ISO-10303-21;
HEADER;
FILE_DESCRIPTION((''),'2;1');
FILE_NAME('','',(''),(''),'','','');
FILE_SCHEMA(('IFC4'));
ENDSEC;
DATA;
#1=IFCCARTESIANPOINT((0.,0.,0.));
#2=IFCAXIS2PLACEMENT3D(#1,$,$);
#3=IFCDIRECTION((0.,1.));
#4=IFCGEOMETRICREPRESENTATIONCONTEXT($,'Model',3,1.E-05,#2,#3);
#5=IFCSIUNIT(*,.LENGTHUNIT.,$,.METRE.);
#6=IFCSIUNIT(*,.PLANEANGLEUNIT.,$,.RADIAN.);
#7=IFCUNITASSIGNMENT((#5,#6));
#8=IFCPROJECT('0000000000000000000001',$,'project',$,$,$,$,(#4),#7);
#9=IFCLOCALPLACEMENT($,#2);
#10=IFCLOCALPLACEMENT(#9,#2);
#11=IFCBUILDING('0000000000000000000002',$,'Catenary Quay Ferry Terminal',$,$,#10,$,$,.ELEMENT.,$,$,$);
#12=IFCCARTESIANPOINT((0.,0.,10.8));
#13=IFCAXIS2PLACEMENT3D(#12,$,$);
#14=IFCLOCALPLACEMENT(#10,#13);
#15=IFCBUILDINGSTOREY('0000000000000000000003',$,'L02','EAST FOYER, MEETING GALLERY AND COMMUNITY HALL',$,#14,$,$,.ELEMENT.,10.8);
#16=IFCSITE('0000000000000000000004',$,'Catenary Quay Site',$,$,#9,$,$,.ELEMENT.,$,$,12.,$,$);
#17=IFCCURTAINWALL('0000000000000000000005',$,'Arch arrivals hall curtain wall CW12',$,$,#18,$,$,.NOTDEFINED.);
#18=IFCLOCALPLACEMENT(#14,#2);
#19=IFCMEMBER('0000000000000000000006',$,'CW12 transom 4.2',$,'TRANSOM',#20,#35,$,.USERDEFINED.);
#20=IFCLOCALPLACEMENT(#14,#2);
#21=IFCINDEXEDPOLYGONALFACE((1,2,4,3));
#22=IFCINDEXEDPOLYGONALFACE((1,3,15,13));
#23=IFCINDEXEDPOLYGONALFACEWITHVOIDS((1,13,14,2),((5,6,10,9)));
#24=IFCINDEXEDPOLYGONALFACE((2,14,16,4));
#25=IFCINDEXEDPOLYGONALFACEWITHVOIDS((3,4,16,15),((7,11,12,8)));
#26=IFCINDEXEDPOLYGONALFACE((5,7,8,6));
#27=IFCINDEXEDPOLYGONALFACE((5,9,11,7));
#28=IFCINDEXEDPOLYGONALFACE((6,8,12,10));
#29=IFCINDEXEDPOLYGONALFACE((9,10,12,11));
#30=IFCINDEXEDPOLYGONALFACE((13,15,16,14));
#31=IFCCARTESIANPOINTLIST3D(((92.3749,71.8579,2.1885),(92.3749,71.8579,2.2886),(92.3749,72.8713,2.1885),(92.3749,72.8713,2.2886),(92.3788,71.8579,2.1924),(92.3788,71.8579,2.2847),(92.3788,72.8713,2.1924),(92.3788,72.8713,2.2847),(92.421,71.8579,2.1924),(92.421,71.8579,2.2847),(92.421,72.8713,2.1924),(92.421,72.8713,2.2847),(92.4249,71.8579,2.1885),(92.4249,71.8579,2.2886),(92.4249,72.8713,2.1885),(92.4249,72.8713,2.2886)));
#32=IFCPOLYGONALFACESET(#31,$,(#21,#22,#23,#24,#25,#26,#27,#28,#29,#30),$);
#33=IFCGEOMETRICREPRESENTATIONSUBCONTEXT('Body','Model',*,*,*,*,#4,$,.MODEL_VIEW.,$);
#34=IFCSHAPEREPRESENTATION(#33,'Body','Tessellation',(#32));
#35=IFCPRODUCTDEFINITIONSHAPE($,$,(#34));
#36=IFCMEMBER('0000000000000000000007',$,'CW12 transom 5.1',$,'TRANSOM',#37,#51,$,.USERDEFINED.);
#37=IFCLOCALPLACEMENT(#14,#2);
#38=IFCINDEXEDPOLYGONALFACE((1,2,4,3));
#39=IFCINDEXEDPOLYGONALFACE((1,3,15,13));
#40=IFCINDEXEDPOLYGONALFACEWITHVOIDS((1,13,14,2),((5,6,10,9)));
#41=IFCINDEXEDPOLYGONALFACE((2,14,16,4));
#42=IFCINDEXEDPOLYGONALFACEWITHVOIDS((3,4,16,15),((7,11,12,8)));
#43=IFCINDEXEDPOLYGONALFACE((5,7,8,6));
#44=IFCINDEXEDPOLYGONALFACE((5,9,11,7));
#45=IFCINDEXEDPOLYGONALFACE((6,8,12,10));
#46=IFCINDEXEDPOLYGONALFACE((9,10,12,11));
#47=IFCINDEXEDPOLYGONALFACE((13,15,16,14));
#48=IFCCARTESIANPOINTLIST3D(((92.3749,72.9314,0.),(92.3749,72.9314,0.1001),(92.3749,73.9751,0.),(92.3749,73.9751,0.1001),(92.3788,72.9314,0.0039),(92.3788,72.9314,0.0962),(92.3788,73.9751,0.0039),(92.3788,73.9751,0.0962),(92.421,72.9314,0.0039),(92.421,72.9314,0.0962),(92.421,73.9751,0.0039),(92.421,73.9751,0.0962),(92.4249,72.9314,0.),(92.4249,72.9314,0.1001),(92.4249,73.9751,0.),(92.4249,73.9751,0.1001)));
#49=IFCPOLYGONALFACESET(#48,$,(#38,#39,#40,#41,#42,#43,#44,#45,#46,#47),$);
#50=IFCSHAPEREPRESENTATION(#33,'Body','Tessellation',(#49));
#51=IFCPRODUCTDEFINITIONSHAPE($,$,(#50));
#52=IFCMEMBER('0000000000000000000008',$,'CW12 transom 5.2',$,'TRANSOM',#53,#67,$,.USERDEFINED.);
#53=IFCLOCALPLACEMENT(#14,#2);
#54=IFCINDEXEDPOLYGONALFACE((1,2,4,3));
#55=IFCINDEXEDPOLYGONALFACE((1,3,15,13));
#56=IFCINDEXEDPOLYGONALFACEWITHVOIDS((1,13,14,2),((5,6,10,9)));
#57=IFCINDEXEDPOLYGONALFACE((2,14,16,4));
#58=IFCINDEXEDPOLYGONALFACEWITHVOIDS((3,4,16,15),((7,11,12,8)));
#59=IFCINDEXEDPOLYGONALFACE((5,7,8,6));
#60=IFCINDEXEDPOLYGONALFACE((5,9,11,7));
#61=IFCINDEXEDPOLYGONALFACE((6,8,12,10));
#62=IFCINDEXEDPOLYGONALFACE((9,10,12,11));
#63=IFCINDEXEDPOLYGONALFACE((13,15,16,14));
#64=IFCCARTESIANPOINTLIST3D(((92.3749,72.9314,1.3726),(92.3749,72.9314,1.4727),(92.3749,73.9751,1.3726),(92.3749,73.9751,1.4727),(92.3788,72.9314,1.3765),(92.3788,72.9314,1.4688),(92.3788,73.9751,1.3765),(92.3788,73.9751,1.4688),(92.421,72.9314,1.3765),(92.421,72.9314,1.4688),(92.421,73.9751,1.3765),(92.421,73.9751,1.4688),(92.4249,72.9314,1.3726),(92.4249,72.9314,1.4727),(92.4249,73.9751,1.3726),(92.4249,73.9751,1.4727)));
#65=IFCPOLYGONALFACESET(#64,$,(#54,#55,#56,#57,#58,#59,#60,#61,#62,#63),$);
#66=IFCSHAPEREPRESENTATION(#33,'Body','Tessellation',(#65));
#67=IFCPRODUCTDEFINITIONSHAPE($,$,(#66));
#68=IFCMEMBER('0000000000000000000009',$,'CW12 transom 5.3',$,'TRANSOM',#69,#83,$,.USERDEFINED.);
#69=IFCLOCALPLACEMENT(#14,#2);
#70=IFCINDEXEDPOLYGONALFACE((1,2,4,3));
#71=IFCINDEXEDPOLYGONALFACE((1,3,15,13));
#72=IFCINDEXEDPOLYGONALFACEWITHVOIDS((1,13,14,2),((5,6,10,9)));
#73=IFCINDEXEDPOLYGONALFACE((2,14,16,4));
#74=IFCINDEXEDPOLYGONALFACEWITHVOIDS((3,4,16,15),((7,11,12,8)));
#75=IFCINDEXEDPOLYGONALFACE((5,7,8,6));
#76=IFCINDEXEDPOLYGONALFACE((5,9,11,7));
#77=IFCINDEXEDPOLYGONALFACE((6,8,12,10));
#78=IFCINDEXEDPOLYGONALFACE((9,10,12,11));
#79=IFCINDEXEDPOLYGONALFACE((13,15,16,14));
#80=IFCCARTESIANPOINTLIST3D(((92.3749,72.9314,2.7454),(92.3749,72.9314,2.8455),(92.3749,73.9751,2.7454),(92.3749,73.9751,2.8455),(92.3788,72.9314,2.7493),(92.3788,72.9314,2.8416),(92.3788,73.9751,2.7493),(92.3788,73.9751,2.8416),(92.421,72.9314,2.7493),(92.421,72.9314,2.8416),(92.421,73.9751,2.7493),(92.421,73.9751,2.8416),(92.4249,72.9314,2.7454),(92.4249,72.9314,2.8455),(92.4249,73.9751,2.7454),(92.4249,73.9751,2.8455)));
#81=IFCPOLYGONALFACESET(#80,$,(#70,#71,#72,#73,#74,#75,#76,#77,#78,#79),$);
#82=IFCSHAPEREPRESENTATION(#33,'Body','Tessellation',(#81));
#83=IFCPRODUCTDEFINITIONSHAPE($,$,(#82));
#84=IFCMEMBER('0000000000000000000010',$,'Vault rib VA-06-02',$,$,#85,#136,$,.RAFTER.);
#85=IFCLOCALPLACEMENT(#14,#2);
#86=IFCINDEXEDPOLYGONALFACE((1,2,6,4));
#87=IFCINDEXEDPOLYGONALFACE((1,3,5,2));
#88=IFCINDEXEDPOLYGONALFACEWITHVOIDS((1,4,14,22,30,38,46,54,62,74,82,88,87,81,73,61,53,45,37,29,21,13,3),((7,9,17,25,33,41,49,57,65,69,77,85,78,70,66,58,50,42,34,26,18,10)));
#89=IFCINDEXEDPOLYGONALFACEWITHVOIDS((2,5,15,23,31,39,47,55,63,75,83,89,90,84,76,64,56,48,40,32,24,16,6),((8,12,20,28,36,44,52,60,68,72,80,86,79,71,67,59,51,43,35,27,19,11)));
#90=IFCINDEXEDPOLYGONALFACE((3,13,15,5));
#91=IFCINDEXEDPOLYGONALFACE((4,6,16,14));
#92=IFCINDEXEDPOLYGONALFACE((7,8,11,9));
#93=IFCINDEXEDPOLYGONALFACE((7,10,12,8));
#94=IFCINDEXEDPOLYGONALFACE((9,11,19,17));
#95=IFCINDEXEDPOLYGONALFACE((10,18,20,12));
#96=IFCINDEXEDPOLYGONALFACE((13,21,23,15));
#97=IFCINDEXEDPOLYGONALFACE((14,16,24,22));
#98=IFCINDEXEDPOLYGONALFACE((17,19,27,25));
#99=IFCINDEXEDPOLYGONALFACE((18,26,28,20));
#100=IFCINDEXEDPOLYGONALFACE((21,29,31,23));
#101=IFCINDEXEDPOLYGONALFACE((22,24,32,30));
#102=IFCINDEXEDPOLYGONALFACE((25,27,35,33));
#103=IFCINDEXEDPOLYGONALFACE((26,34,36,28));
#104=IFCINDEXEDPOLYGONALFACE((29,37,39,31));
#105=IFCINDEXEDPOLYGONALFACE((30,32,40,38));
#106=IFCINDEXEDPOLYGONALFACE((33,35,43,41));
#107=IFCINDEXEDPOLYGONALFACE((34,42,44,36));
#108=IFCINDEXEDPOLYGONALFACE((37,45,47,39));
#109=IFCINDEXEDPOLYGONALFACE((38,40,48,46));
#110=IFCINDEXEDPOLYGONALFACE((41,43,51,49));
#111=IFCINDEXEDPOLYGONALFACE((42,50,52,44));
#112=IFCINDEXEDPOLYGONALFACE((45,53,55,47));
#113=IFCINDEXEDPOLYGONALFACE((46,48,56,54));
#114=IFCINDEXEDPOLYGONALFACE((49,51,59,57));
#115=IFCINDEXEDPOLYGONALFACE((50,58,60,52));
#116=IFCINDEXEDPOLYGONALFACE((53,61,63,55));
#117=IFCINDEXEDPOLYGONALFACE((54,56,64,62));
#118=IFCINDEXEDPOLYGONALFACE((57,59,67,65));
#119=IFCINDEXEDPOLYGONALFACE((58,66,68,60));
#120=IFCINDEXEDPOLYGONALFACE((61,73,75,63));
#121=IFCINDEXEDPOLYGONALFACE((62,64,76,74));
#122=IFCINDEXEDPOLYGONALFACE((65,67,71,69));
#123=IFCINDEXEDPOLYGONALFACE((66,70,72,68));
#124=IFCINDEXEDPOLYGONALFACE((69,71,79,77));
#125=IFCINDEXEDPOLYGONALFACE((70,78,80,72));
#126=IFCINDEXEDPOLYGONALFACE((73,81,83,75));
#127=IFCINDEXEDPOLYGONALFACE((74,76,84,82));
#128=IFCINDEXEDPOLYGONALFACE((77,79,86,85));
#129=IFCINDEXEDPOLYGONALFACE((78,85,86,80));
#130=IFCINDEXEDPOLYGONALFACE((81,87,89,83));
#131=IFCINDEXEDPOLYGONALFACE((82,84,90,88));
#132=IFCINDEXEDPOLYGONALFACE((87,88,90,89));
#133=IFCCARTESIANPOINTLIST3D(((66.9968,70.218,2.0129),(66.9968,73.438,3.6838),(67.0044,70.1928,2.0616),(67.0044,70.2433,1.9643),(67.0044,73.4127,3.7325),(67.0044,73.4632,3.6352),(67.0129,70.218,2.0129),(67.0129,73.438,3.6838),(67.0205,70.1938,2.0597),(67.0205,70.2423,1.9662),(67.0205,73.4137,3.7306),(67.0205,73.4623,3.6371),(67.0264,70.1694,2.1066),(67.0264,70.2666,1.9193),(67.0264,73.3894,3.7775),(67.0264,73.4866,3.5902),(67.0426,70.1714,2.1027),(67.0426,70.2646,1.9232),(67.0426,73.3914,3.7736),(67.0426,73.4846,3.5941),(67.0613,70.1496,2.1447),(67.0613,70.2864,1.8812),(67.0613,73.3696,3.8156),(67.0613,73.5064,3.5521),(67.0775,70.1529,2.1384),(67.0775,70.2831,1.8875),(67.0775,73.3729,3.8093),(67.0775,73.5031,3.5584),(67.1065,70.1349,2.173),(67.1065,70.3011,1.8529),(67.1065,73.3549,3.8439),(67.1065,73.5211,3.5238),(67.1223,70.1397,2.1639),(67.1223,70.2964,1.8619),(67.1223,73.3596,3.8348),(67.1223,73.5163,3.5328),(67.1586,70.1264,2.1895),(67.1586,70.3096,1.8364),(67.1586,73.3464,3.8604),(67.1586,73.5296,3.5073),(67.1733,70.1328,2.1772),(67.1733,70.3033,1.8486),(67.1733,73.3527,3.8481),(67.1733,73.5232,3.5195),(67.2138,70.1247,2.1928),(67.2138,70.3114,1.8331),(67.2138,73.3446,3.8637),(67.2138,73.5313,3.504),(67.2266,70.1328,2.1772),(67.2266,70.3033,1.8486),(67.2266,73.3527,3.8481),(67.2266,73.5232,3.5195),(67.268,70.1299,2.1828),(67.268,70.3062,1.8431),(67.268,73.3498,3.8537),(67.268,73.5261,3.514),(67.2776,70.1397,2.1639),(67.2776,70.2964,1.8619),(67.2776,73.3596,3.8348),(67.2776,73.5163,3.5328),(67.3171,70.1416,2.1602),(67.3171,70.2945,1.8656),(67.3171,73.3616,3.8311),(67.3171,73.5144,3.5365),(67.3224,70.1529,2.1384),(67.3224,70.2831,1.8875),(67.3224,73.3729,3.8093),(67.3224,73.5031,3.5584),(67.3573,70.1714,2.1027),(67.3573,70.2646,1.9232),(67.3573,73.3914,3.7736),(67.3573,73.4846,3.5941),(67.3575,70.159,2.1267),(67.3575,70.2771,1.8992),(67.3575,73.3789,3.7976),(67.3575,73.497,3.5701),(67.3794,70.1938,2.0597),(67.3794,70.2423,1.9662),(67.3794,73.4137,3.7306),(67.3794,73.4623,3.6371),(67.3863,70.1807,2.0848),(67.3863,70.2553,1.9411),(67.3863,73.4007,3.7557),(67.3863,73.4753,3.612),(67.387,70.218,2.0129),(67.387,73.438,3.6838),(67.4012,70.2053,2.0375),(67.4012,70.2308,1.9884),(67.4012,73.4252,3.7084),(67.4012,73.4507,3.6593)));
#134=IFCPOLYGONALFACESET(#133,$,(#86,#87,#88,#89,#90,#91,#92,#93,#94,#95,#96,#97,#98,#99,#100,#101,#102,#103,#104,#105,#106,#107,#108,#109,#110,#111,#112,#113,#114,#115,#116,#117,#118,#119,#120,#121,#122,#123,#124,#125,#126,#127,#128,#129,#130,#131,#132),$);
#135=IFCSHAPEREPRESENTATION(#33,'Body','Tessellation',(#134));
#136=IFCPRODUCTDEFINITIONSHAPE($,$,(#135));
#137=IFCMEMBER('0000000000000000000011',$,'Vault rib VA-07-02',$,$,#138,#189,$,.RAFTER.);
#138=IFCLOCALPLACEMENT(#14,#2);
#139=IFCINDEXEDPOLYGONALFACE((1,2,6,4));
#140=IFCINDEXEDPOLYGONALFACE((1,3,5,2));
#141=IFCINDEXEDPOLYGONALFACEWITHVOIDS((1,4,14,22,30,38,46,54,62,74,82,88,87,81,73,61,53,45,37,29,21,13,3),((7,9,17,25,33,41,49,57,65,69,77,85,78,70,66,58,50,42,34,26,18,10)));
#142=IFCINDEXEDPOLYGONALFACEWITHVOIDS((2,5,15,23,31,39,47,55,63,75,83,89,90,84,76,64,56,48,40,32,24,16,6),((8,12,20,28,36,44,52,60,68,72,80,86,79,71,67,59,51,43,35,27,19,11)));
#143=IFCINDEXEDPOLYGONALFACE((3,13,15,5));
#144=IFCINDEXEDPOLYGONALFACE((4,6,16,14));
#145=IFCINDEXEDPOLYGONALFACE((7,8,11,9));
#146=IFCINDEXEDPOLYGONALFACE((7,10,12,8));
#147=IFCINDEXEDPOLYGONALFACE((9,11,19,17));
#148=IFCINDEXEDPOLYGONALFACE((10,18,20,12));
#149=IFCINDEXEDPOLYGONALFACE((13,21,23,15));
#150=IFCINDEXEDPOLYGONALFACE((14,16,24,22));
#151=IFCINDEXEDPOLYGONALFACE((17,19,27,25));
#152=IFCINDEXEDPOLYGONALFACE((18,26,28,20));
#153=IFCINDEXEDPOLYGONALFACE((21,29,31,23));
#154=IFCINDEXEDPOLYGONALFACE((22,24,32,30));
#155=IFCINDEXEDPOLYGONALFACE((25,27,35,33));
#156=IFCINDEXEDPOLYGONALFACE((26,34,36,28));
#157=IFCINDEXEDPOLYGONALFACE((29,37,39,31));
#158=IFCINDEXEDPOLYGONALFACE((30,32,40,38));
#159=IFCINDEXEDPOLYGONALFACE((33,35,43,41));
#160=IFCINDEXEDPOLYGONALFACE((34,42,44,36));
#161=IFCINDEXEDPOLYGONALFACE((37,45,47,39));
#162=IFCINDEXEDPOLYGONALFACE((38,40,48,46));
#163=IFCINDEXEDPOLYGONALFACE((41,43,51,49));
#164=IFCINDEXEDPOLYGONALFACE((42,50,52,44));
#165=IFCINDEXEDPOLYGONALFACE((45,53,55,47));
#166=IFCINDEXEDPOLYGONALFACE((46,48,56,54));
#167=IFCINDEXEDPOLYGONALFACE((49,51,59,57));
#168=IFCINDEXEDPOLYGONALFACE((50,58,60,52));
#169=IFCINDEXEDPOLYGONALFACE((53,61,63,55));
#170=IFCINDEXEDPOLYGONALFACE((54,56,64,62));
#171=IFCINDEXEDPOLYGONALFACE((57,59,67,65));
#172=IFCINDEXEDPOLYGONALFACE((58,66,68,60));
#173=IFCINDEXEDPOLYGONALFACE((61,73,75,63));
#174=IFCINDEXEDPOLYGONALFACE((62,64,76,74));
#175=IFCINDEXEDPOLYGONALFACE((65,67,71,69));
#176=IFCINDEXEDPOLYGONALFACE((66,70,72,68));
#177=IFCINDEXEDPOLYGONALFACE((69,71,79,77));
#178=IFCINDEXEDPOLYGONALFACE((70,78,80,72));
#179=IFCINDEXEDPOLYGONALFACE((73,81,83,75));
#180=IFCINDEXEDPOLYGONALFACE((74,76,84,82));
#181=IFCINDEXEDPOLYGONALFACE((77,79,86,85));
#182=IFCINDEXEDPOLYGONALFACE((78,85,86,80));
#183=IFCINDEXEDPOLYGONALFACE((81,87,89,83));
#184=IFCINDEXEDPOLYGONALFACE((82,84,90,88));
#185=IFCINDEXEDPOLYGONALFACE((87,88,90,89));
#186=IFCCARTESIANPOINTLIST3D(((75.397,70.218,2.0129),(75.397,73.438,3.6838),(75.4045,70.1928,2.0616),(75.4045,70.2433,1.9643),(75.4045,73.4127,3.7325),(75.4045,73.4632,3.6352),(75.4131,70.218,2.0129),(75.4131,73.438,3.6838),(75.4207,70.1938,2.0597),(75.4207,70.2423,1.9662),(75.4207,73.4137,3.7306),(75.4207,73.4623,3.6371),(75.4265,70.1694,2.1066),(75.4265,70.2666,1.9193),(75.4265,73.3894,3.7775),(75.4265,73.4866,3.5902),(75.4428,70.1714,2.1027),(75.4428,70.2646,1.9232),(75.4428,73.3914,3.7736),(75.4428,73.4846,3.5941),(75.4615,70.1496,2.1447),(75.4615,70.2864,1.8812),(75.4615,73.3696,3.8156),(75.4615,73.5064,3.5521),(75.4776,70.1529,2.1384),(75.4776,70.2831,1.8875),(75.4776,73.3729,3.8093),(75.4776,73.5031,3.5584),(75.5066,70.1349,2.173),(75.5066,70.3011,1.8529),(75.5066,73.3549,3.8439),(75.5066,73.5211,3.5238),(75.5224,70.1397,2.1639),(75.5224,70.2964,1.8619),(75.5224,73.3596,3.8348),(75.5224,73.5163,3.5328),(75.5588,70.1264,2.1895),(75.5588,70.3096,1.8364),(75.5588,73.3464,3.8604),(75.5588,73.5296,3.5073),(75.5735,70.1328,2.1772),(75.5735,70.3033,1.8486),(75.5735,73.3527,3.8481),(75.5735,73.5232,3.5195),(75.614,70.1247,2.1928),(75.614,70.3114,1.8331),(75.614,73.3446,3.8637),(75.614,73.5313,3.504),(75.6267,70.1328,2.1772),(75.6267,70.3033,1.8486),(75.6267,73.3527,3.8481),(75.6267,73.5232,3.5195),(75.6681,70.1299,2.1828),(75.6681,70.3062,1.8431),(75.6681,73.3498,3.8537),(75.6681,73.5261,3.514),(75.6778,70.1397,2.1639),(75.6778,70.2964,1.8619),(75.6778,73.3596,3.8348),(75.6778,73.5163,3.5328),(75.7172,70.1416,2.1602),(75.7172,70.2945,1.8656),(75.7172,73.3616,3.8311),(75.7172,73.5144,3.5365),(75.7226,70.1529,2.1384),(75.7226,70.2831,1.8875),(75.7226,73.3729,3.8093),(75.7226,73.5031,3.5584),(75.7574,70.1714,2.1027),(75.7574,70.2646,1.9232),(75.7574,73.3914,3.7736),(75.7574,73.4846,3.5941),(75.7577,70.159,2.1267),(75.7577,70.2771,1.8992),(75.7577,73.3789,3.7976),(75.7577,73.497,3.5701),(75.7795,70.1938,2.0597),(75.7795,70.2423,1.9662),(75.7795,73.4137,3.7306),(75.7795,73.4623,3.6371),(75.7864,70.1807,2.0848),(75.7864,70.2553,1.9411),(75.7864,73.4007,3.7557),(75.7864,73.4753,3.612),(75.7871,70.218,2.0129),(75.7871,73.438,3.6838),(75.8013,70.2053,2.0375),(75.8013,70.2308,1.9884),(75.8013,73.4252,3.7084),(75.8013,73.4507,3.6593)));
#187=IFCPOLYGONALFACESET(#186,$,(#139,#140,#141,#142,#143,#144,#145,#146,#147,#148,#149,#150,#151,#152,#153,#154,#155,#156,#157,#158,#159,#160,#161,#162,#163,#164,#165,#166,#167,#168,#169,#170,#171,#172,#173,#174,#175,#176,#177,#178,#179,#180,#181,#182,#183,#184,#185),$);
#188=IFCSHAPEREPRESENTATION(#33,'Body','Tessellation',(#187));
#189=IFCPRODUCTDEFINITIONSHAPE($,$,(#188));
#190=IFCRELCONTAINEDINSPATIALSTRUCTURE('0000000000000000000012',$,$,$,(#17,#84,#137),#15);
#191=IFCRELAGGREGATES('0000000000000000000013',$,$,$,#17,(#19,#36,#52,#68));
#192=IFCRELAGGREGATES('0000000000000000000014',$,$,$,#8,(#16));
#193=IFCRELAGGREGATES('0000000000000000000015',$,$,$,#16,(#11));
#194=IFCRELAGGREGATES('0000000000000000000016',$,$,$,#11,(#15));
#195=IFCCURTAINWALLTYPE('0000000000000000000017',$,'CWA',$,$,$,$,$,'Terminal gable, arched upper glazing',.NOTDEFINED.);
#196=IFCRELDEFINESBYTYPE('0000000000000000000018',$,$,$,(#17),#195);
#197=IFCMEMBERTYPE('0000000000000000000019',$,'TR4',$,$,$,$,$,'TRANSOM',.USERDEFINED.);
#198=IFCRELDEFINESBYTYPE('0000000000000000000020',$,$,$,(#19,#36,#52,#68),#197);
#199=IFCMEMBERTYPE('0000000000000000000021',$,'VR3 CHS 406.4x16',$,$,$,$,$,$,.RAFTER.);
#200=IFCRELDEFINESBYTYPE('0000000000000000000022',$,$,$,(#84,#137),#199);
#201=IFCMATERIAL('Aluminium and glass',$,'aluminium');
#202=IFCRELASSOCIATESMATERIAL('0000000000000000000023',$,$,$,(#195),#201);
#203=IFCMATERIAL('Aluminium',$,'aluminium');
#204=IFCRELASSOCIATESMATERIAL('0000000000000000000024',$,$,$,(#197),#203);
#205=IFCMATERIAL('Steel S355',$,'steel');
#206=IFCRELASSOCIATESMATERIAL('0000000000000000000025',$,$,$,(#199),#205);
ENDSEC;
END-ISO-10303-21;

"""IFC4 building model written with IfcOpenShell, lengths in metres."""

from ifc_helpers import new_model, si_unit, direction, frame, origin, origin_2d, place, context, subcontext, project, spatial, hollow_rectangle, hollow_circle, extrude, material, material_profile, profile_set, type_object, element, aggregate, save


model = new_model("IFC4")

# Units and contexts
model_context = context("Model", 3, precision=1e-05, world=origin(), true_north=direction((0.0, 1.0)))
body_context = subcontext(model_context, "Body", "Model", "MODEL_VIEW")
ifc_project = project(units=[si_unit("LENGTHUNIT", "METRE"), si_unit("PLANEANGLEUNIT", "RADIAN")], contexts=[model_context])

# Site, building, storey
site_placement = place(None, origin())
site = spatial("IfcSite", under=ifc_project, at=site_placement, Name="Catenary Quay Site", CompositionType="ELEMENT", RefElevation=12.0)
building_placement = place(site_placement, origin())
building = spatial("IfcBuilding", under=site, at=building_placement, Name="Catenary Quay Ferry Terminal", CompositionType="ELEMENT")
storey_placement = place(building_placement, frame((0.0, 0.0, 10.8)))
storey = spatial("IfcBuildingStorey", under=building, at=storey_placement, Name="L02", Description="EAST FOYER, MEETING GALLERY AND COMMUNITY HALL", CompositionType="ELEMENT", Elevation=10.8)

# Curtain wall, members
ifc_material_1 = material(Name="Aluminium and glass", Category="aluminium")
curtain_wall_type = type_object("IfcCurtainWallType", Name="CWA", ElementType="Terminal gable, arched upper glazing", PredefinedType="NOTDEFINED", material=ifc_material_1)
curtain_wall_placement = place(storey_placement, origin())
curtain_wall = element("IfcCurtainWall", 1, at=curtain_wall_placement, inside=storey, type_object=curtain_wall_type, Name="Arch arrivals hall curtain wall CW12", PredefinedType="NOTDEFINED")
ifc_material_2 = material(Name="Aluminium", Category="aluminium")
ifc_material_profile_1 = material_profile(ifc_material_2, hollow_rectangle(XDim=0.05, YDim=0.1001, WallThickness=0.0039, at=origin_2d()), Name="TR4")
ifc_profile_set_1 = profile_set([ifc_material_profile_1], Name="Aluminium")
member_type_1 = type_object("IfcMemberType", Name="TR4", ElementType="TRANSOM", PredefinedType="USERDEFINED", material=ifc_profile_set_1)
member_1_placement = place(storey_placement, frame((92.3999, 71.8579, 2.2385), z_axis=(0.0, 1.0, 0.0), x_axis=(-1.0, 0.0, 0.0)))
member_1 = element("IfcMember", 2, at=member_1_placement, type_object=member_type_1, Name="CW12 transom 4.2", ObjectType="TRANSOM", PredefinedType="USERDEFINED", context=body_context, shape_type="SweptSolid", body=[
    extrude(hollow_rectangle(XDim=0.05, YDim=0.1001, WallThickness=0.0039, at=origin_2d()), origin(), (0.0, 0.0, 1.0), 1.0134),
])
member_2_placement = place(storey_placement, frame((92.3999, 72.9314, 0.05), z_axis=(0.0, 1.0, 0.0), x_axis=(-1.0, 0.0, 0.0)))
member_2 = element("IfcMember", 3, at=member_2_placement, type_object=member_type_1, Name="CW12 transom 5.1", ObjectType="TRANSOM", PredefinedType="USERDEFINED", context=body_context, shape_type="SweptSolid", body=[
    extrude(hollow_rectangle(XDim=0.05, YDim=0.1001, WallThickness=0.0039, at=origin_2d()), origin(), (0.0, 0.0, 1.0), 1.0437),
])
member_3_placement = place(storey_placement, frame((92.3999, 72.9314, 1.4226), z_axis=(0.0, 1.0, 0.0), x_axis=(-1.0, 0.0, 0.0)))
member_3 = element("IfcMember", 4, at=member_3_placement, type_object=member_type_1, Name="CW12 transom 5.2", ObjectType="TRANSOM", PredefinedType="USERDEFINED", context=body_context, shape_type="SweptSolid", body=[
    extrude(hollow_rectangle(XDim=0.05, YDim=0.1001, WallThickness=0.0039, at=origin_2d()), origin(), (0.0, 0.0, 1.0), 1.0437),
])
member_4_placement = place(storey_placement, frame((92.3999, 72.9314, 2.7954), z_axis=(0.0, 1.0, 0.0), x_axis=(-1.0, 0.0, 0.0)))
member_4 = element("IfcMember", 5, at=member_4_placement, type_object=member_type_1, Name="CW12 transom 5.3", ObjectType="TRANSOM", PredefinedType="USERDEFINED", context=body_context, shape_type="SweptSolid", body=[
    extrude(hollow_rectangle(XDim=0.05, YDim=0.1001, WallThickness=0.0039, at=origin_2d()), origin(), (0.0, 0.0, 1.0), 1.0437),
])

# Members
ifc_material_3 = material(Name="Steel S355", Category="steel")
ifc_material_profile_2 = material_profile(ifc_material_3, hollow_circle(Radius=0.2031, WallThickness=0.0161, at=origin_2d()), Name="CHS 406.4x16")
ifc_profile_set_2 = profile_set([ifc_material_profile_2], Name="Steel S355")
member_type_2 = type_object("IfcMemberType", Name="VR3 CHS 406.4x16", PredefinedType="RAFTER", material=ifc_profile_set_2)
for number, where, z_axis, x_axis, name in (
    (6, (67.2, 70.218, 2.0129), (0.0, 0.88761, 0.460596), (-1.0, 0.0, 0.0), "Vault rib VA-06-02"),
    (7, (75.6001, 70.218, 2.0129), (0.0, 0.88761, 0.460596), (-1.0, 0.0, 0.0), "Vault rib VA-07-02"),
):
    element("IfcMember", number, at=place(storey_placement, frame(where, z_axis=z_axis, x_axis=x_axis)), inside=storey, type_object=member_type_2, Name=name, PredefinedType="RAFTER", context=body_context, shape_type="SweptSolid", body=[
        extrude(hollow_circle(Radius=0.2031, WallThickness=0.0161, at=origin_2d()), origin(), (0.0, 0.0, 1.0), 3.6277),
    ])

aggregate(curtain_wall, [member_1, member_2, member_3, member_4])

save(model, "model.ifc")
